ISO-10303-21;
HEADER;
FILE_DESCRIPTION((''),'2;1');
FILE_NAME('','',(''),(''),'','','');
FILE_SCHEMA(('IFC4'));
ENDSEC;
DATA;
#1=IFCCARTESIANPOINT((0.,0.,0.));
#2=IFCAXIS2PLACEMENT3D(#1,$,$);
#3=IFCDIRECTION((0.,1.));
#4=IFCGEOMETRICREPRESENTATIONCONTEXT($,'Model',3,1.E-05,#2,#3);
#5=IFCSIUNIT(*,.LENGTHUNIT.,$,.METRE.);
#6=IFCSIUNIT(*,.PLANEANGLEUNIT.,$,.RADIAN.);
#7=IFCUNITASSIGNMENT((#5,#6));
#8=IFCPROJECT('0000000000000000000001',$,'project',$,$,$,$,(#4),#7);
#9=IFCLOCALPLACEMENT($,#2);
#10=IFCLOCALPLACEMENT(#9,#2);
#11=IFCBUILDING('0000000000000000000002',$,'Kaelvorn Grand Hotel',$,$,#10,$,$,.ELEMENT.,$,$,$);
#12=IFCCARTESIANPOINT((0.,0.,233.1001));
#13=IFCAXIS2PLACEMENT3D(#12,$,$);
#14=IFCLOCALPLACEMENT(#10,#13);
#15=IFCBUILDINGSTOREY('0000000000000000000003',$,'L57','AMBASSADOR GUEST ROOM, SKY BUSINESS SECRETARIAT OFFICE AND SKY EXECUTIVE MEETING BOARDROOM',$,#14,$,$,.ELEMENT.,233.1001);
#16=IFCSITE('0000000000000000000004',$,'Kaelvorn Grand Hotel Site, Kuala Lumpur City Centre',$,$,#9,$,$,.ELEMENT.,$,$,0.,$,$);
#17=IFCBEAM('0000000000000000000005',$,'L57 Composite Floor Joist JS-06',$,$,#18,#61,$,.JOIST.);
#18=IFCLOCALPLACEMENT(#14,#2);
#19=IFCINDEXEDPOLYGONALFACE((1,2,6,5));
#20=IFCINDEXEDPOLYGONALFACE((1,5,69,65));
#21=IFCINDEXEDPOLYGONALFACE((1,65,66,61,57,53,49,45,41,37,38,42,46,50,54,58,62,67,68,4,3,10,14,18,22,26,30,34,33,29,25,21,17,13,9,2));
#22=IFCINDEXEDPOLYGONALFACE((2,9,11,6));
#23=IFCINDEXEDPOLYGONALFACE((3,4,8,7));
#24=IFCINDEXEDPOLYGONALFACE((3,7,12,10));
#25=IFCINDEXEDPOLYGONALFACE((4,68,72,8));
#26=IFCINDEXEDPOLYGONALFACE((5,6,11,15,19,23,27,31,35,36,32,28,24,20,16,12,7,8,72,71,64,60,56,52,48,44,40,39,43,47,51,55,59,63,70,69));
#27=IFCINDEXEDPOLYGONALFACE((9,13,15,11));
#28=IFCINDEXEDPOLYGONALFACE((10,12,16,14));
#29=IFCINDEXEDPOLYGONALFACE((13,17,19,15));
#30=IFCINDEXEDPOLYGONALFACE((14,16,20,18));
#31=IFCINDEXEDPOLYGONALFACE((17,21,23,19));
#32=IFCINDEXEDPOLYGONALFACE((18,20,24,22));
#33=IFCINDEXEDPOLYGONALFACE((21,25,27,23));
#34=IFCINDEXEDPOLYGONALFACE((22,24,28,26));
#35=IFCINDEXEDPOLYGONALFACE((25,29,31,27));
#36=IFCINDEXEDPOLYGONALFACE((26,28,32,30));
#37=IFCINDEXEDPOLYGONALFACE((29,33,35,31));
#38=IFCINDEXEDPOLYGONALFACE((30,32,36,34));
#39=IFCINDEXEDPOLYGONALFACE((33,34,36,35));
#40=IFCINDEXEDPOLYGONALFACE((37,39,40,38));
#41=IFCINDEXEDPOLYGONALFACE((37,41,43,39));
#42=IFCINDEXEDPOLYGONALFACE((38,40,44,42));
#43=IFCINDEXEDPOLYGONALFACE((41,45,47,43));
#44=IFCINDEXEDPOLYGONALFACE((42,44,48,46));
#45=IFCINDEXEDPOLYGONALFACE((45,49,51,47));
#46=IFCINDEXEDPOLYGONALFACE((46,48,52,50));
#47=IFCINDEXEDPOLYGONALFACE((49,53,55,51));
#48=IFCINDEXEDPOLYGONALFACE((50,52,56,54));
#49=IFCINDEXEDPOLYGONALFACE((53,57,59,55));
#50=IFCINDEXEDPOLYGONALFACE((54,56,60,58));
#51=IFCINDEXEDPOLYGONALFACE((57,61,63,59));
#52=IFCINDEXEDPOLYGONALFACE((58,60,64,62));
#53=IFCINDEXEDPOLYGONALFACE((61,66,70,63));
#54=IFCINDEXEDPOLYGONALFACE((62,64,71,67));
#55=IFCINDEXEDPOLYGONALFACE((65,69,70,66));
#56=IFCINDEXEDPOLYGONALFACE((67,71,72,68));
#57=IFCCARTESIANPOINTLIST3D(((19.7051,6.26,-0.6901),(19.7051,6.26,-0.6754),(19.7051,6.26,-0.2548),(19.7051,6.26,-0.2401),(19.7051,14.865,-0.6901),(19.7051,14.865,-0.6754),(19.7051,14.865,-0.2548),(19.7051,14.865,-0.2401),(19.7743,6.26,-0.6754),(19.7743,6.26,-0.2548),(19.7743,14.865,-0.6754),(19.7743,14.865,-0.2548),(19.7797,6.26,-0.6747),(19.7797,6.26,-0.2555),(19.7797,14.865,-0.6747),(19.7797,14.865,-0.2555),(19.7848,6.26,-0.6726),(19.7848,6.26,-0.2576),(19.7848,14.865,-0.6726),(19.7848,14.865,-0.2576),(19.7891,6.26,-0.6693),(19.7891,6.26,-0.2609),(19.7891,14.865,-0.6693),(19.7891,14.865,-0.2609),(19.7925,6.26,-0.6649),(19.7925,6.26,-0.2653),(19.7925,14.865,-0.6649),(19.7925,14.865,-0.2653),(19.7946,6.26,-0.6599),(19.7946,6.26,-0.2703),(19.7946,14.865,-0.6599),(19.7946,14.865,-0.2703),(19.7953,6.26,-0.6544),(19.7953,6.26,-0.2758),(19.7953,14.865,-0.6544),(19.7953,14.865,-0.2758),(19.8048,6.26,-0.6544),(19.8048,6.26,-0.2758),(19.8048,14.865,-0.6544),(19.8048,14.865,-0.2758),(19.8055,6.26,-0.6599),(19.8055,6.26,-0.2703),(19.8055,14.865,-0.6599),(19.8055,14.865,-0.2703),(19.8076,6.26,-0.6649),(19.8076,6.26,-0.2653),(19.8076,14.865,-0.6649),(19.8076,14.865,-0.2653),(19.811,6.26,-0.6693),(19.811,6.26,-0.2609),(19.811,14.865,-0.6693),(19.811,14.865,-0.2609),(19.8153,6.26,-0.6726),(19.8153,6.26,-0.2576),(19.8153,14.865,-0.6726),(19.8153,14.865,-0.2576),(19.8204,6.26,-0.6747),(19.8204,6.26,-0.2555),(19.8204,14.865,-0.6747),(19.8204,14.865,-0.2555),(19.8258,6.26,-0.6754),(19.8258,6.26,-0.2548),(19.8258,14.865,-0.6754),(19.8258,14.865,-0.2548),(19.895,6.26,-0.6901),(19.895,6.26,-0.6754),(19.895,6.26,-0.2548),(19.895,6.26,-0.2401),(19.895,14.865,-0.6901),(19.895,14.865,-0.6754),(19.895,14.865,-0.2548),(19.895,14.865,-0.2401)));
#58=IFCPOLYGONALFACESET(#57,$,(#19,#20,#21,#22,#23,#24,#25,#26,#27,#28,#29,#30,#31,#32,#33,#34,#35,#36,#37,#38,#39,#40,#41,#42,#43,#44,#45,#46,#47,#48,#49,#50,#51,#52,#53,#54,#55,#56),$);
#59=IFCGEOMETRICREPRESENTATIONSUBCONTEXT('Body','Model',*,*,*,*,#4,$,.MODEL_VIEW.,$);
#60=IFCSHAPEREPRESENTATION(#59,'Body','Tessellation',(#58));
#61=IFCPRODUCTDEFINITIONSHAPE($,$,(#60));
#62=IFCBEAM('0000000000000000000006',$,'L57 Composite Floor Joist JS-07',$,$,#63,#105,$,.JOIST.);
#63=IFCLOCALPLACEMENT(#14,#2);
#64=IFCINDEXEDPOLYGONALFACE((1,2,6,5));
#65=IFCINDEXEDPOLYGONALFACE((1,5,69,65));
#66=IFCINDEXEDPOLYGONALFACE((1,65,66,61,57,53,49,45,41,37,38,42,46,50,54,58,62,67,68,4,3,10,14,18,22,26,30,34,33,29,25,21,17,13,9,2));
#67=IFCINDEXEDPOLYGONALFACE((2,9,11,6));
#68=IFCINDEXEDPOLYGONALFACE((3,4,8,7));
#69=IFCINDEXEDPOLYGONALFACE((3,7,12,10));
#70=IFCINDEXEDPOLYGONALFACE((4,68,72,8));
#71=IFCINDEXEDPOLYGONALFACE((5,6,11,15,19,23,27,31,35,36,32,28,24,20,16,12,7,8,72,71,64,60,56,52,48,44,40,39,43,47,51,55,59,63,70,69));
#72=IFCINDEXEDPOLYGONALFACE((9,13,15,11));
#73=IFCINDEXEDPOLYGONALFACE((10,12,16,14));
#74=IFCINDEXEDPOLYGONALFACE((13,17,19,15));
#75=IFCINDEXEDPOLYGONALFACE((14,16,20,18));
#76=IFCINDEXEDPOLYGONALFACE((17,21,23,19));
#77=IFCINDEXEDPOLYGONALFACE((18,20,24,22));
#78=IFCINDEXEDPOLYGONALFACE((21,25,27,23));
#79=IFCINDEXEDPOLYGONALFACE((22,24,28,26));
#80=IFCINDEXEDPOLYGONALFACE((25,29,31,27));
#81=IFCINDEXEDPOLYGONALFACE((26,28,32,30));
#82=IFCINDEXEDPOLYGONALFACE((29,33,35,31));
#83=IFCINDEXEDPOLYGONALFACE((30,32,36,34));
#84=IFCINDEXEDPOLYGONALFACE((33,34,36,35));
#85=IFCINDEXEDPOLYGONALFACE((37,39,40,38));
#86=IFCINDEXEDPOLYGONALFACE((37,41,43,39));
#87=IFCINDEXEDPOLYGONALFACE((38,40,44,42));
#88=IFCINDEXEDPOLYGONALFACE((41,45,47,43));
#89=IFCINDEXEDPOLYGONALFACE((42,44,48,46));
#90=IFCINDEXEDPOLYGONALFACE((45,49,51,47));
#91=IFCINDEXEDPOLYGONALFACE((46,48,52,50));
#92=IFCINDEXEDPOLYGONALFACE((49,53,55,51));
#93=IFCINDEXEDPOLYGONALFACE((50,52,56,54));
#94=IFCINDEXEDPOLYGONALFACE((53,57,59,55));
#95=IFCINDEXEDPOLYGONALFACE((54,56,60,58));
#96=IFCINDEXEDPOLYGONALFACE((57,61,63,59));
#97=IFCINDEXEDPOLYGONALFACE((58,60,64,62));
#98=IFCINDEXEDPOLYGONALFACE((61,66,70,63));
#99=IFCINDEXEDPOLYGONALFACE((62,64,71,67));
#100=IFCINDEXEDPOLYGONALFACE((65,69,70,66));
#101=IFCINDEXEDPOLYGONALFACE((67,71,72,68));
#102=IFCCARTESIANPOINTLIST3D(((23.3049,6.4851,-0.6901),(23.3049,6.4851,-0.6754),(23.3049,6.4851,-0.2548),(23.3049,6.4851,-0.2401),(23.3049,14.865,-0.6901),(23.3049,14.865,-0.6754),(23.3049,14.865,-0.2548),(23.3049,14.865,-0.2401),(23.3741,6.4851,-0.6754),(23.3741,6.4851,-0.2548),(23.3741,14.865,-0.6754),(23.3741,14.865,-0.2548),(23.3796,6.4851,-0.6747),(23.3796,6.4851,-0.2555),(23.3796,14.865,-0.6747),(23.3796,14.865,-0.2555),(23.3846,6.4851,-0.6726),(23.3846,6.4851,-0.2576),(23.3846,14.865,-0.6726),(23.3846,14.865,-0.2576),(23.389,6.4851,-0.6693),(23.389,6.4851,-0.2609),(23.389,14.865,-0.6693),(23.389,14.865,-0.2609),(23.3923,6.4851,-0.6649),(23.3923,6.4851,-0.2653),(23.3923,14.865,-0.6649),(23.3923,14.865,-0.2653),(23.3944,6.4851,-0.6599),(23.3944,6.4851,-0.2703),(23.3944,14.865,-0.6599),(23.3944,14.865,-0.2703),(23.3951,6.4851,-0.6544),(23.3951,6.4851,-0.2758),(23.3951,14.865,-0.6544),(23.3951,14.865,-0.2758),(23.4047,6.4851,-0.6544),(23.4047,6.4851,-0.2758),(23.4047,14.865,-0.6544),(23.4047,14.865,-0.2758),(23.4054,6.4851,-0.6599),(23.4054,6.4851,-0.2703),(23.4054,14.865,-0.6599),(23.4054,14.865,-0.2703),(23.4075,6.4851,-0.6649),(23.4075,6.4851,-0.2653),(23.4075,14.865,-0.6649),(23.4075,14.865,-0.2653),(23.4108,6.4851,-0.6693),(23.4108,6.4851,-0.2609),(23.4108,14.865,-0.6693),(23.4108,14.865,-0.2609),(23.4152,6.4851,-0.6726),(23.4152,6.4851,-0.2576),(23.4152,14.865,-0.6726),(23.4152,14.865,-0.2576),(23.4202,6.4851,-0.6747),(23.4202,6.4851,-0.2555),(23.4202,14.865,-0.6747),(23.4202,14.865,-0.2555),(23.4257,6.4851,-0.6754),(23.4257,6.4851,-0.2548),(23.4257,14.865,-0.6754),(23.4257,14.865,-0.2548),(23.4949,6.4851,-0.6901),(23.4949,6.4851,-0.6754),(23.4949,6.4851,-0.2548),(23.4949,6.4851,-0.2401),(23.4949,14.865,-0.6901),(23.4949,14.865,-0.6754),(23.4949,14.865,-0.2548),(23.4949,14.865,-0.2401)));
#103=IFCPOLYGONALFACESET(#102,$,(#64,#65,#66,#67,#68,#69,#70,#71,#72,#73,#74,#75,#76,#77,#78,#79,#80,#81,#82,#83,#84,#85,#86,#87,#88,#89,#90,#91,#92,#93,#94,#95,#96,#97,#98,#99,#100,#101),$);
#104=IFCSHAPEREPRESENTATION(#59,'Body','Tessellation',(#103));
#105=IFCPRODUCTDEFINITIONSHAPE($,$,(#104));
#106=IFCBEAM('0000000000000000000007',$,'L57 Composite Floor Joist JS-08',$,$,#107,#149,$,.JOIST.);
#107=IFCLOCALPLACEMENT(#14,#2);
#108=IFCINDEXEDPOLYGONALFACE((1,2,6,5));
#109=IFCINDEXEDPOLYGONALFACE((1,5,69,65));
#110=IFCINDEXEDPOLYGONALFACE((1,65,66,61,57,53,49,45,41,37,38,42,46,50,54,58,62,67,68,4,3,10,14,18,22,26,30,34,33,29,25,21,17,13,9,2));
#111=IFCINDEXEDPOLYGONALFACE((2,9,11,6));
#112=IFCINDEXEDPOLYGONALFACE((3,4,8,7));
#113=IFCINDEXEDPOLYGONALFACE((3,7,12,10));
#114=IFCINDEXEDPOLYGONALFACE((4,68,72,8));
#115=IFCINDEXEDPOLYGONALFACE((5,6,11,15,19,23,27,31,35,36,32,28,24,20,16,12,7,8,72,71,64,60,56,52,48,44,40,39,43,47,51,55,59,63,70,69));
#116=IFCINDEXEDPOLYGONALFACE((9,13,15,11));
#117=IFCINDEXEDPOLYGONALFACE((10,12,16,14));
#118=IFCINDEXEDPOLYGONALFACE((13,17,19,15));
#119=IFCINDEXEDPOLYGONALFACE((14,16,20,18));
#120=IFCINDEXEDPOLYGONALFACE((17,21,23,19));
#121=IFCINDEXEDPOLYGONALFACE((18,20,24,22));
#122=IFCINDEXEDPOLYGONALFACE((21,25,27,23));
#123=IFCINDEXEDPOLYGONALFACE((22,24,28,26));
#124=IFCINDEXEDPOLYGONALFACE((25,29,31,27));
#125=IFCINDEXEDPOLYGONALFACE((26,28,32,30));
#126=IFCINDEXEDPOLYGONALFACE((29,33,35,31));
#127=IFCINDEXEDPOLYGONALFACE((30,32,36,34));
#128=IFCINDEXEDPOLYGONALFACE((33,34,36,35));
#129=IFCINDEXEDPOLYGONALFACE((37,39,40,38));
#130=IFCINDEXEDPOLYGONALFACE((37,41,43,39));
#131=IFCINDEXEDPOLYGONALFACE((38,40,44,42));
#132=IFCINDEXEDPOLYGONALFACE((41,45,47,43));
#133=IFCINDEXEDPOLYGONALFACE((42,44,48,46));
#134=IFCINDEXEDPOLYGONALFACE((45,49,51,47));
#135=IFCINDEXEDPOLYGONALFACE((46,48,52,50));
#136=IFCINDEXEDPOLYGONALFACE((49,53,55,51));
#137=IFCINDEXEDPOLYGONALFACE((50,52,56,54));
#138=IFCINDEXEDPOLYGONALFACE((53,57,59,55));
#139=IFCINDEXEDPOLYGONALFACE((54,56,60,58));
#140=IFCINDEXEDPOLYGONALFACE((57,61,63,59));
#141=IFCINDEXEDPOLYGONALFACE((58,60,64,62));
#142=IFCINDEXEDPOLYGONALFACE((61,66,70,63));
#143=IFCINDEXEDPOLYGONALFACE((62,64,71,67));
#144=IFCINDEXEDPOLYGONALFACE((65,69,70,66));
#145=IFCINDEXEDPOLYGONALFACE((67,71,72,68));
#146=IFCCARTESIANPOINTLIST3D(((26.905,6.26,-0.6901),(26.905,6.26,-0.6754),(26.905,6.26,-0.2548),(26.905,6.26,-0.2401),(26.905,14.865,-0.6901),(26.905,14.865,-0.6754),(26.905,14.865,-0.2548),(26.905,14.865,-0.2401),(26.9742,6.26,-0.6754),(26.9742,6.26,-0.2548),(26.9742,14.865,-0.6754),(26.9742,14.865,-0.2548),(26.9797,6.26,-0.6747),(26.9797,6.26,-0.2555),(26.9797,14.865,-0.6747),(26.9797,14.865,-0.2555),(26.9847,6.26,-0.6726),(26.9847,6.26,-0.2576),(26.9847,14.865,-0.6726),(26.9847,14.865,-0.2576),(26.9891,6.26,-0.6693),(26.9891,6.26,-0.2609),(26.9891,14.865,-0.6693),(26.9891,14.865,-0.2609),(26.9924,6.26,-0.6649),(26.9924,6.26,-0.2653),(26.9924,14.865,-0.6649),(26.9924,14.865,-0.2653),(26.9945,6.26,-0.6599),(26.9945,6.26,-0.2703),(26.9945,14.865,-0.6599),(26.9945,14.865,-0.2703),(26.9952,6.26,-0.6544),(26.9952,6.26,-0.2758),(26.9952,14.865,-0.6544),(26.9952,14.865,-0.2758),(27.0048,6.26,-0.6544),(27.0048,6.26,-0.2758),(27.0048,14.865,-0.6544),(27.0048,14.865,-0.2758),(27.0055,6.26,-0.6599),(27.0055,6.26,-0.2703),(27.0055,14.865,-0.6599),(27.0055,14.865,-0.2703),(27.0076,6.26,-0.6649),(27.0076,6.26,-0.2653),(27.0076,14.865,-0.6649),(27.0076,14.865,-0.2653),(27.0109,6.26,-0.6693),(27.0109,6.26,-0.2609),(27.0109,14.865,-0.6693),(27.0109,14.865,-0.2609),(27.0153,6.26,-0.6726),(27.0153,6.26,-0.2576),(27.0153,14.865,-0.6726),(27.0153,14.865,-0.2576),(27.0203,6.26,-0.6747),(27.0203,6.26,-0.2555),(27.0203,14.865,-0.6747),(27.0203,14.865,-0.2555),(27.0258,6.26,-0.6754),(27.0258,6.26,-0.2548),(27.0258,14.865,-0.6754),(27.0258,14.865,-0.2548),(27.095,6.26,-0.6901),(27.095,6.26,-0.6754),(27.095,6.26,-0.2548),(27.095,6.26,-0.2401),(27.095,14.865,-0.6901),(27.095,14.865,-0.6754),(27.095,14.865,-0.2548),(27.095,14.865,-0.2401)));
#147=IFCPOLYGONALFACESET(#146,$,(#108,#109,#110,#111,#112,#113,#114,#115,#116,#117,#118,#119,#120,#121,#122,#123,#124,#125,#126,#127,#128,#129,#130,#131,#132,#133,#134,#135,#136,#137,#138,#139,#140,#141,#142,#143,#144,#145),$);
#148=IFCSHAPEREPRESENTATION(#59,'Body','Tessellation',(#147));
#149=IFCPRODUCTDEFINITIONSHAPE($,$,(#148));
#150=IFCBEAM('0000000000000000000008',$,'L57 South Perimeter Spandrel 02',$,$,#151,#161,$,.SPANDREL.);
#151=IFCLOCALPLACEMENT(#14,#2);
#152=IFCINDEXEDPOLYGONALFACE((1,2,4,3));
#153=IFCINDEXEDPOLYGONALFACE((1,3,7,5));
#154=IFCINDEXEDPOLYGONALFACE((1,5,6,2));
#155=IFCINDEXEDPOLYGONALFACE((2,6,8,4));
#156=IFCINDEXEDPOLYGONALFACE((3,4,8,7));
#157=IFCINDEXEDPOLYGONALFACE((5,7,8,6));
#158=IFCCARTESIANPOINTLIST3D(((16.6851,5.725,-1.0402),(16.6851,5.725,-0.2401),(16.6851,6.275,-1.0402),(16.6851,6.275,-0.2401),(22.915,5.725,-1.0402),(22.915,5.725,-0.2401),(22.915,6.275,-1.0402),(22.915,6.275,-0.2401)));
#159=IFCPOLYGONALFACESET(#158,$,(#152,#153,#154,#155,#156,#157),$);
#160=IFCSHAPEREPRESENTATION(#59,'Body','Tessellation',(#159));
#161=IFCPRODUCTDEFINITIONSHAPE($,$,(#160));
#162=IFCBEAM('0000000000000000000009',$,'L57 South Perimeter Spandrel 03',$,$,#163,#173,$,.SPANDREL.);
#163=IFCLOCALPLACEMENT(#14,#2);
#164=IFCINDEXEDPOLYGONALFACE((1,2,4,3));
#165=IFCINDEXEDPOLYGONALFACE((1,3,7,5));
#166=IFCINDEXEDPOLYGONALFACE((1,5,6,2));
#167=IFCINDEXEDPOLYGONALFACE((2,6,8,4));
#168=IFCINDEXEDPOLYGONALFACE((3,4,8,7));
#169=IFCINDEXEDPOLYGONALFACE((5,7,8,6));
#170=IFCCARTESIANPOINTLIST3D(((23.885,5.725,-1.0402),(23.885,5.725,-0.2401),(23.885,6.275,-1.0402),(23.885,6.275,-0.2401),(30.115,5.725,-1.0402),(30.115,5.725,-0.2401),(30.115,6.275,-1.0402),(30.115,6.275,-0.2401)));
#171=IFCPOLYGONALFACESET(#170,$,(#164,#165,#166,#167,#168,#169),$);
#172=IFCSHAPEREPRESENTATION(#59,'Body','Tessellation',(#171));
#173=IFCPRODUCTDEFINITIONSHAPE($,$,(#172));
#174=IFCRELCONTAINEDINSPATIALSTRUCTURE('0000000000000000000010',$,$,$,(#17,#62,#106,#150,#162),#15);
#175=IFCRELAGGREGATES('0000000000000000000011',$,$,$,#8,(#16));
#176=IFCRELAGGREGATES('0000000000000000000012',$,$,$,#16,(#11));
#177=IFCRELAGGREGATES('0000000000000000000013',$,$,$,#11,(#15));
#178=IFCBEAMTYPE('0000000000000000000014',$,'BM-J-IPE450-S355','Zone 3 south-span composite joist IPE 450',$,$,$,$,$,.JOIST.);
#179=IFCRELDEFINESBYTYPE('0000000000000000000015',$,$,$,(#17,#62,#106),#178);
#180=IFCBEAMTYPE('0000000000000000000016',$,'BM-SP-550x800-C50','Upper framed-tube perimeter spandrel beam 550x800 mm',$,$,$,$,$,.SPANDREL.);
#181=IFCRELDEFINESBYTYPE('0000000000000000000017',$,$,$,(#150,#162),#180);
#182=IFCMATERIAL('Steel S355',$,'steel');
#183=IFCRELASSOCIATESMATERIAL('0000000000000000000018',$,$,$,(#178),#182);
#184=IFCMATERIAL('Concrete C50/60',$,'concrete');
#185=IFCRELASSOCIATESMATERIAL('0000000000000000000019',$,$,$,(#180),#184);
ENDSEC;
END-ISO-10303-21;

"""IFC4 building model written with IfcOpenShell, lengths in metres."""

from ifc_helpers import new_model, si_unit, direction, frame, origin, origin_2d, place, context, subcontext, project, spatial, rectangle, i_section, extrude, material, material_profile, profile_set, type_object, element, save


model = new_model("IFC4")

# Units and contexts
model_context = context("Model", 3, precision=1e-05, world=origin(), true_north=direction((0.0, 1.0)))
body_context = subcontext(model_context, "Body", "Model", "MODEL_VIEW")
ifc_project = project(units=[si_unit("LENGTHUNIT", "METRE"), si_unit("PLANEANGLEUNIT", "RADIAN")], contexts=[model_context])

# Site, building, storey
site_placement = place(None, origin())
site = spatial("IfcSite", under=ifc_project, at=site_placement, Name="Kaelvorn Grand Hotel Site, Kuala Lumpur City Centre", CompositionType="ELEMENT", RefElevation=0.0)
building_placement = place(site_placement, origin())
building = spatial("IfcBuilding", under=site, at=building_placement, Name="Kaelvorn Grand Hotel", CompositionType="ELEMENT")
storey_placement = place(building_placement, frame((0.0, 0.0, 233.1001)))
storey = spatial("IfcBuildingStorey", under=building, at=storey_placement, Name="L57", Description="AMBASSADOR GUEST ROOM, SKY BUSINESS SECRETARIAT OFFICE AND SKY EXECUTIVE MEETING BOARDROOM", CompositionType="ELEMENT", Elevation=233.1001)

# Shared definitions
ifc_material_1 = material(Name="Concrete C50/60", Category="concrete")

# Beams
ifc_material_2 = material(Name="Steel S355", Category="steel")
ifc_material_profile_1 = material_profile(ifc_material_2, i_section(OverallWidth=0.1899, OverallDepth=0.45, WebThickness=0.0095, FlangeThickness=0.0146, FilletRadius=0.021, at=origin_2d()), Name="IPE 450")
ifc_profile_set_1 = profile_set([ifc_material_profile_1], Name="Steel S355")
beam_type_1 = type_object("IfcBeamType", Name="BM-J-IPE450-S355", Description="Zone 3 south-span composite joist IPE 450", PredefinedType="JOIST", material=ifc_profile_set_1)
beam_1_placement = place(storey_placement, frame((19.8, 6.26, -0.4651), z_axis=(0.0, 1.0, 0.0), x_axis=(-1.0, 0.0, 0.0)))
element("IfcBeam", 1, at=beam_1_placement, inside=storey, type_object=beam_type_1, Name="L57 Composite Floor Joist JS-06", PredefinedType="JOIST", context=body_context, shape_type="SweptSolid", body=[
    extrude(i_section(OverallWidth=0.1899, OverallDepth=0.45, WebThickness=0.0095, FlangeThickness=0.0146, FilletRadius=0.021, at=origin_2d()), origin(), (0.0, 0.0, 1.0), 8.605),
])
beam_2_placement = place(storey_placement, frame((23.3999, 6.4851, -0.4651), z_axis=(0.0, 1.0, 0.0), x_axis=(-1.0, 0.0, 0.0)))
element("IfcBeam", 2, at=beam_2_placement, inside=storey, type_object=beam_type_1, Name="L57 Composite Floor Joist JS-07", PredefinedType="JOIST", context=body_context, shape_type="SweptSolid", body=[
    extrude(i_section(OverallWidth=0.1899, OverallDepth=0.45, WebThickness=0.0095, FlangeThickness=0.0146, FilletRadius=0.021, at=origin_2d()), origin(), (0.0, 0.0, 1.0), 8.3799),
])
beam_3_placement = place(storey_placement, frame((27.0, 6.26, -0.4651), z_axis=(0.0, 1.0, 0.0), x_axis=(-1.0, 0.0, 0.0)))
element("IfcBeam", 3, at=beam_3_placement, inside=storey, type_object=beam_type_1, Name="L57 Composite Floor Joist JS-08", PredefinedType="JOIST", context=body_context, shape_type="SweptSolid", body=[
    extrude(i_section(OverallWidth=0.1899, OverallDepth=0.45, WebThickness=0.0095, FlangeThickness=0.0146, FilletRadius=0.021, at=origin_2d()), origin(), (0.0, 0.0, 1.0), 8.605),
])
ifc_material_profile_2 = material_profile(ifc_material_1, rectangle(XDim=0.55, YDim=0.8, at=origin_2d()), Name="RC SPANDREL 550x800")
ifc_profile_set_2 = profile_set([ifc_material_profile_2], Name="Concrete C50/60")
beam_type_2 = type_object("IfcBeamType", Name="BM-SP-550x800-C50", Description="Upper framed-tube perimeter spandrel beam 550x800 mm", PredefinedType="SPANDREL", material=ifc_profile_set_2)
for number, where, z_axis, x_axis, name in (
    (4, (16.6851, 6.0, -0.6401), (1.0, 0.0, 0.0), (0.0, 1.0, 0.0), "L57 South Perimeter Spandrel 02"),
    (5, (23.885, 6.0, -0.6401), (1.0, 0.0, 0.0), (0.0, 1.0, 0.0), "L57 South Perimeter Spandrel 03"),
):
    element("IfcBeam", number, at=place(storey_placement, frame(where, z_axis=z_axis, x_axis=x_axis)), inside=storey, type_object=beam_type_2, Name=name, PredefinedType="SPANDREL", context=body_context, shape_type="SweptSolid", body=[
        extrude(rectangle(XDim=0.55, YDim=0.8, at=origin_2d()), origin(), (0.0, 0.0, 1.0), 6.23),
    ])

save(model, "model.ifc")
